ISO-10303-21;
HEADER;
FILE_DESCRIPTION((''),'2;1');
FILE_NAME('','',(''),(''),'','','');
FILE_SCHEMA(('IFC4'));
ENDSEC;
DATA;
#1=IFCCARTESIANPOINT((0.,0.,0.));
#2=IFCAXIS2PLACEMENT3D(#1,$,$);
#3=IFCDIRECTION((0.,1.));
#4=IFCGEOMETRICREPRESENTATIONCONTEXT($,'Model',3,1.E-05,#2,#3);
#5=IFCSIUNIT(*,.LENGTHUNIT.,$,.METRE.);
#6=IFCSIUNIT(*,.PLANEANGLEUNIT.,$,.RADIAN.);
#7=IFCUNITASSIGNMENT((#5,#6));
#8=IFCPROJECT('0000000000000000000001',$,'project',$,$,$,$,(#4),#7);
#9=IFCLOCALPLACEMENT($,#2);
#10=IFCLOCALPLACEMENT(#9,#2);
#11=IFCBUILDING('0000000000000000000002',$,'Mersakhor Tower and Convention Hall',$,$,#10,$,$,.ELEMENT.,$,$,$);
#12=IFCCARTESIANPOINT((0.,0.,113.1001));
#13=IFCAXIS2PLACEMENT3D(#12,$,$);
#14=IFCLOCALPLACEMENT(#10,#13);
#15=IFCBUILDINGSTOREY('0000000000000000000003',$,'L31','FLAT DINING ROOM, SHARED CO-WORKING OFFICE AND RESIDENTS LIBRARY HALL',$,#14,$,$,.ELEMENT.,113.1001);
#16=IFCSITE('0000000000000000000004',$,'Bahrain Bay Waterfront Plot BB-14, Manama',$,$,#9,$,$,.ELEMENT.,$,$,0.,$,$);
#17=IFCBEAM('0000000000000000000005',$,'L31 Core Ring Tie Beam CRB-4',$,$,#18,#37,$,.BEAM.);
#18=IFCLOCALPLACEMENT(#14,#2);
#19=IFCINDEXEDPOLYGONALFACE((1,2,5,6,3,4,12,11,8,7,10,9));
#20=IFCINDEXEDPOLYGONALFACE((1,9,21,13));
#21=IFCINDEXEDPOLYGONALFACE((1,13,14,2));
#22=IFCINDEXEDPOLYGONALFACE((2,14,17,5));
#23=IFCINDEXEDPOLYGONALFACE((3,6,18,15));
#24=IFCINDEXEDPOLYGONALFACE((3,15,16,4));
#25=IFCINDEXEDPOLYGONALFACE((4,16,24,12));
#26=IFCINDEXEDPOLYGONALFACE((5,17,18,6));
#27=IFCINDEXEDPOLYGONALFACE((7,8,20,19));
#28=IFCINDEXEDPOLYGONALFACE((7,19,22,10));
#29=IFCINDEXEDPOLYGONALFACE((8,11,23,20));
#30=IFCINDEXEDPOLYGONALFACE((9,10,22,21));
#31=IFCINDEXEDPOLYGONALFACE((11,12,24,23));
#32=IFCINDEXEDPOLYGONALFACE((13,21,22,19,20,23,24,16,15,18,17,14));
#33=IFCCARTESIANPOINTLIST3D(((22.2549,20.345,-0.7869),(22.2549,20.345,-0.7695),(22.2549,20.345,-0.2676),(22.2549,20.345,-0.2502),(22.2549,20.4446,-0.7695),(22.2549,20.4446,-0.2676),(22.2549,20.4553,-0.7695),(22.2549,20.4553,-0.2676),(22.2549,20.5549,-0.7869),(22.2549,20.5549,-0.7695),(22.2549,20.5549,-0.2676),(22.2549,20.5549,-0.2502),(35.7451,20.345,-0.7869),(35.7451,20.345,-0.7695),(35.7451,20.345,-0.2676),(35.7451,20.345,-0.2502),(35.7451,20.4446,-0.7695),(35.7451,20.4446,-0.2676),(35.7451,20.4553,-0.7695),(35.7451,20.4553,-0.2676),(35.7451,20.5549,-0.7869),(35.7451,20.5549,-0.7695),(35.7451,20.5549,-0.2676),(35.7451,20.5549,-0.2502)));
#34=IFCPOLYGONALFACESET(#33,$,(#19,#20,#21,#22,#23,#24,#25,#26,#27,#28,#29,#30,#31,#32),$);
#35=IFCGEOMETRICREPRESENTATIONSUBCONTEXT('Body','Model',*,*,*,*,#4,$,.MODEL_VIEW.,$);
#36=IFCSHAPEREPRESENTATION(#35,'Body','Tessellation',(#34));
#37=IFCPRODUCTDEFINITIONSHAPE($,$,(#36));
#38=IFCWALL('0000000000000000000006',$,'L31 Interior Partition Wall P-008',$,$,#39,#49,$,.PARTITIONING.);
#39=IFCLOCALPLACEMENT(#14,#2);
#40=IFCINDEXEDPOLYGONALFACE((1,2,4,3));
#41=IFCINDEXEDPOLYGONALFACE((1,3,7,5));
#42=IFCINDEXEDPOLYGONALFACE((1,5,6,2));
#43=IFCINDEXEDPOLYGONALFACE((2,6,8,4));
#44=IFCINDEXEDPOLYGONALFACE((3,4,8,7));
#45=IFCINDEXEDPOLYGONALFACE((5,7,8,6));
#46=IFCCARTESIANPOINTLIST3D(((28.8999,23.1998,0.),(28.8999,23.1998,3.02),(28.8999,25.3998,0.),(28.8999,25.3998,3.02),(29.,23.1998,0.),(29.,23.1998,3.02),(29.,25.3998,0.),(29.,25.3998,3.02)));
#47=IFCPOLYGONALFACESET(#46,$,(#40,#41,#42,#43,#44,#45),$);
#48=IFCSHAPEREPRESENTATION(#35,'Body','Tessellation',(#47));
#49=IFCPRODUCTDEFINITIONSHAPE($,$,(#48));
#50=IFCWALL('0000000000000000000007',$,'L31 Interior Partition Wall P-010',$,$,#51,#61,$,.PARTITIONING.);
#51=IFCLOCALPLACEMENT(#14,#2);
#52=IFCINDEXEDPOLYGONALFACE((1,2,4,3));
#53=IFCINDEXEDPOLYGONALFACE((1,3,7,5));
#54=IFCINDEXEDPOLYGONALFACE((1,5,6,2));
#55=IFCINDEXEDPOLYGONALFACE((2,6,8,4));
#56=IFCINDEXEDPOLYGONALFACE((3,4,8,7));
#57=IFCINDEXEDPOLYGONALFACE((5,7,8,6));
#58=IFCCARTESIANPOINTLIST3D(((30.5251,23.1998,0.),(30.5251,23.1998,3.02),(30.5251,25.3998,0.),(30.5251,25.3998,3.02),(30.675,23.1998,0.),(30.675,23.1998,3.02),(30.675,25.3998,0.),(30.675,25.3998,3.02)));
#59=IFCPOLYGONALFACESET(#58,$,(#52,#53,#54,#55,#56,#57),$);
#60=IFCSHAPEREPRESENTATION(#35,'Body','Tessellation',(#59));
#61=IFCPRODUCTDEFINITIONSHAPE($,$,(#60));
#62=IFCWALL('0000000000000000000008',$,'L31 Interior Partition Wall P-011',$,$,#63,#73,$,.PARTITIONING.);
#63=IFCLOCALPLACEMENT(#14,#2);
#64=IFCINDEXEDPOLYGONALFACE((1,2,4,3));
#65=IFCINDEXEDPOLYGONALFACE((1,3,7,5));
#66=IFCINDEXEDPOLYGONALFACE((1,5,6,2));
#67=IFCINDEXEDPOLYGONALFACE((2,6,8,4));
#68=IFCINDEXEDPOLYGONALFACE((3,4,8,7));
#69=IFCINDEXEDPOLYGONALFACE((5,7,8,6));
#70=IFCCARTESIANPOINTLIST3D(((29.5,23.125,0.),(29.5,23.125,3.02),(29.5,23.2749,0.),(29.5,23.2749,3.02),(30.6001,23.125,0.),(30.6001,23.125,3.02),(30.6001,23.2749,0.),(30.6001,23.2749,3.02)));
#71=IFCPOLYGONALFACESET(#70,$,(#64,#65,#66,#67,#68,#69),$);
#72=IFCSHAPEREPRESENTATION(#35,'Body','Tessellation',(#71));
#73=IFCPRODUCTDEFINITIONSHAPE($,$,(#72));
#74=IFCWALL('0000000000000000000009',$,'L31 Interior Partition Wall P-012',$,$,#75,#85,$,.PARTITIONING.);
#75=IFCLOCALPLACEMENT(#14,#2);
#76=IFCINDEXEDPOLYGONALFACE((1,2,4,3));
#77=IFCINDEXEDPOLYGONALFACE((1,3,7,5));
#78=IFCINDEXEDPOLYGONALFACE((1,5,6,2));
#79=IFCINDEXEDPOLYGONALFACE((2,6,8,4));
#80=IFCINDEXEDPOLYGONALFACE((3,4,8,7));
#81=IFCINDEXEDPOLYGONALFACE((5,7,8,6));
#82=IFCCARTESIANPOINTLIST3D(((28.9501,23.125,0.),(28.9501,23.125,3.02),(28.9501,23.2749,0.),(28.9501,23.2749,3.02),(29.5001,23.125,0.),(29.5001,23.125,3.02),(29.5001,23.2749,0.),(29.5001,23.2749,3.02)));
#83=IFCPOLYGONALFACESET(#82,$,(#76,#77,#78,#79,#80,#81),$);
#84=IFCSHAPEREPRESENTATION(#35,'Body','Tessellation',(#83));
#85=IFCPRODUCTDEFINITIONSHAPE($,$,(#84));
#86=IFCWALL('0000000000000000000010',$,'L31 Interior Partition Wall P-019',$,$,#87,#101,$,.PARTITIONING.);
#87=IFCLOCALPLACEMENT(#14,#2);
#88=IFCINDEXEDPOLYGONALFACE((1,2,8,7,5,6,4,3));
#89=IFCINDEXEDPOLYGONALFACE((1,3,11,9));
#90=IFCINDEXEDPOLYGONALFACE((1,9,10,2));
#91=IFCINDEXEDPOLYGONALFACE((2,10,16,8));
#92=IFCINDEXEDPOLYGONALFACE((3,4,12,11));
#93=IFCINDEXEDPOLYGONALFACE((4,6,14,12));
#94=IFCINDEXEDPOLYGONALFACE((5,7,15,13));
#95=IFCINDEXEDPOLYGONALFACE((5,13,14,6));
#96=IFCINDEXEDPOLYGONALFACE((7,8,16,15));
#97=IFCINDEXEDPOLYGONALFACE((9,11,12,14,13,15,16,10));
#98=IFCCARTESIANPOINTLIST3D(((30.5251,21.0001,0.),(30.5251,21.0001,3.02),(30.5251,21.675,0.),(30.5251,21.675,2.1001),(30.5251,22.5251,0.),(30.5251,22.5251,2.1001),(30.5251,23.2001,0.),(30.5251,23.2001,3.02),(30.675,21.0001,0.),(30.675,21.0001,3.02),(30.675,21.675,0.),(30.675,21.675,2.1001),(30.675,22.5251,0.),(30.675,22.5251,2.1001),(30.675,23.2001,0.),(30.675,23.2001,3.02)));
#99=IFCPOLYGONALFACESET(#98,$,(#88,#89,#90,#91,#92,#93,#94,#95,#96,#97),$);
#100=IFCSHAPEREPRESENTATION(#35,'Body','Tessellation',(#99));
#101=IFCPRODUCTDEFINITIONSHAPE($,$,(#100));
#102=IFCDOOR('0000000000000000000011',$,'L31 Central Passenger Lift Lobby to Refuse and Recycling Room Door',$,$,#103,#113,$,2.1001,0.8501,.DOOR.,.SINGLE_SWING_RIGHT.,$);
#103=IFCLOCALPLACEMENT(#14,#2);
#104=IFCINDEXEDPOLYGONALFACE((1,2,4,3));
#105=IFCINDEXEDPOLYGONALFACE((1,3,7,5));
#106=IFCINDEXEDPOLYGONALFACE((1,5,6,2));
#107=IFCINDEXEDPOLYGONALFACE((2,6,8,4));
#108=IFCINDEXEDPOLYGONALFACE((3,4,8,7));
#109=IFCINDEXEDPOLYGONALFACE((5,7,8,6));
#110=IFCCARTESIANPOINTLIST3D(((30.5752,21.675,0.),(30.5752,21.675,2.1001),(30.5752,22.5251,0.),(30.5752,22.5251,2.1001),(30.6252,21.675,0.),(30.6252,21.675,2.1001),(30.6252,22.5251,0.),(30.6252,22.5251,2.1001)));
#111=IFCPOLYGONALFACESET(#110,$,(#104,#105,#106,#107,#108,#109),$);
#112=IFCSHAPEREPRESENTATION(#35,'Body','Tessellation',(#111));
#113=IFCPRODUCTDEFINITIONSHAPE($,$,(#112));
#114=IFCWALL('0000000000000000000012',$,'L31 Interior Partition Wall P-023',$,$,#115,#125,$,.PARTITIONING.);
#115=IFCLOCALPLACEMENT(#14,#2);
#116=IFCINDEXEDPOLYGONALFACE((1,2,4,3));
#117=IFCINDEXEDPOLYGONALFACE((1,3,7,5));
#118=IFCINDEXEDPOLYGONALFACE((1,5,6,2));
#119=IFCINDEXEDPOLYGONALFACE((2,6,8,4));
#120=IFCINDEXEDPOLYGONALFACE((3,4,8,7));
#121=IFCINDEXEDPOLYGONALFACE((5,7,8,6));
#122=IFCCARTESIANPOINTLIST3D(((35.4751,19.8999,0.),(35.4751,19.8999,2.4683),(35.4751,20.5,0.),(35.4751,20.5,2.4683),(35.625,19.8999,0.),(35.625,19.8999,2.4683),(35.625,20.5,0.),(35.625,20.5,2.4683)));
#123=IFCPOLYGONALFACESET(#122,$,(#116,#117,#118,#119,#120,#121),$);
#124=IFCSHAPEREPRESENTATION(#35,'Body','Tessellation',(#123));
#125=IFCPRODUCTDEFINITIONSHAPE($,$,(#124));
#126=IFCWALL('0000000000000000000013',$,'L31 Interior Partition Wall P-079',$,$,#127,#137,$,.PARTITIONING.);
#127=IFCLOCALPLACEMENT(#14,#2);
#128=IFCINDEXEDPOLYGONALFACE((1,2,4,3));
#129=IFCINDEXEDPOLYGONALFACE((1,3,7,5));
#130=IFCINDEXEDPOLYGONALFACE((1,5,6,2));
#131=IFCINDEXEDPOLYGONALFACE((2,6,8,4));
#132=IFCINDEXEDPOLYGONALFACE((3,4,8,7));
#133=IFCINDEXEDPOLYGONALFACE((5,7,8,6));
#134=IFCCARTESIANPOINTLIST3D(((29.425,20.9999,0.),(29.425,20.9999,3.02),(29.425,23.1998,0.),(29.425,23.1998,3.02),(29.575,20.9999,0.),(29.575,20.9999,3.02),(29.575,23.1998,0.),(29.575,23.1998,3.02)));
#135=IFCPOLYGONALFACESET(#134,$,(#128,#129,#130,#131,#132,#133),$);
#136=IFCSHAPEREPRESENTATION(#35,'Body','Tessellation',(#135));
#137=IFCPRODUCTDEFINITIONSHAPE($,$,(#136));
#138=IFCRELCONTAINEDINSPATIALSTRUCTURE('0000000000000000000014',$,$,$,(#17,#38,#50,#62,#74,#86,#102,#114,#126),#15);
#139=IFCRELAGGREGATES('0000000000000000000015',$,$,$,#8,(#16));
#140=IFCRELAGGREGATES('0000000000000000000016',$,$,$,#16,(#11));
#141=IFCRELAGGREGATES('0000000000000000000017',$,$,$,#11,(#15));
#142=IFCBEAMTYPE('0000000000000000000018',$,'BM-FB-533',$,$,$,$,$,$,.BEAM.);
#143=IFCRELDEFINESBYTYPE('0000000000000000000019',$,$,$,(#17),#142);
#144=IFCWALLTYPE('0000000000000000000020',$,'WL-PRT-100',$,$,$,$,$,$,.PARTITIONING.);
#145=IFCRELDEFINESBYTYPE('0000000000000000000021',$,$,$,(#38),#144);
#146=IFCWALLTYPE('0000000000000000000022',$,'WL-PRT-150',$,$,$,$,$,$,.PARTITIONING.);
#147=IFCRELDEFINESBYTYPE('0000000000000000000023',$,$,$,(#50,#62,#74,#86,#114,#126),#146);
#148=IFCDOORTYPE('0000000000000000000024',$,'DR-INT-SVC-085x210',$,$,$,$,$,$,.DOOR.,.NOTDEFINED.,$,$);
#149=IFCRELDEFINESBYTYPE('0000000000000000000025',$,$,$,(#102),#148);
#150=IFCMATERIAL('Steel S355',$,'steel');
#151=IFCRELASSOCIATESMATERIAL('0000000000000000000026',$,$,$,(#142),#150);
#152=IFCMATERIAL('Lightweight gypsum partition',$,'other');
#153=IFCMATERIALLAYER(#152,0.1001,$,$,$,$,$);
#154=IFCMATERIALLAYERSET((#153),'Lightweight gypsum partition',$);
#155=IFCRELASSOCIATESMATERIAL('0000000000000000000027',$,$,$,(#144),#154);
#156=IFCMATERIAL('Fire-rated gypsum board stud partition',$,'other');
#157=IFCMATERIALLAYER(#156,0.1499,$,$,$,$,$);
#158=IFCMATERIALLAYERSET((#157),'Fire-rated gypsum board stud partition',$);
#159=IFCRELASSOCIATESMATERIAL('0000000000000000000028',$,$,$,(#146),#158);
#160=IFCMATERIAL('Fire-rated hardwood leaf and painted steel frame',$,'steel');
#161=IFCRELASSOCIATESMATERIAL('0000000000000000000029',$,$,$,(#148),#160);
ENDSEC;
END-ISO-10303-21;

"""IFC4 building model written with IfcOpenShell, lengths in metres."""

from ifc_helpers import new_model, si_unit, direction, frame, frame_2d, origin, origin_2d, place, context, subcontext, project, spatial, rectangle, i_section, extrude, material, layer, layer_set, material_profile, profile_set, type_object, element, fill, save


model = new_model("IFC4")

# Units and contexts
model_context = context("Model", 3, precision=1e-05, world=origin(), true_north=direction((0.0, 1.0)))
body_context = subcontext(model_context, "Body", "Model", "MODEL_VIEW")
ifc_project = project(units=[si_unit("LENGTHUNIT", "METRE"), si_unit("PLANEANGLEUNIT", "RADIAN")], contexts=[model_context])

# Site, building, storey
site_placement = place(None, origin())
site = spatial("IfcSite", under=ifc_project, at=site_placement, Name="Bahrain Bay Waterfront Plot BB-14, Manama", CompositionType="ELEMENT", RefElevation=0.0)
building_placement = place(site_placement, origin())
building = spatial("IfcBuilding", under=site, at=building_placement, Name="Mersakhor Tower and Convention Hall", CompositionType="ELEMENT")
storey_placement = place(building_placement, frame((0.0, 0.0, 113.1001)))
storey = spatial("IfcBuildingStorey", under=building, at=storey_placement, Name="L31", Description="FLAT DINING ROOM, SHARED CO-WORKING OFFICE AND RESIDENTS LIBRARY HALL", CompositionType="ELEMENT", Elevation=113.1001)

# Beam
ifc_material_1 = material(Name="Steel S355", Category="steel")
ifc_material_profile = material_profile(ifc_material_1, i_section(OverallWidth=0.21, OverallDepth=0.5366, WebThickness=0.0107, FlangeThickness=0.0173, at=origin_2d()), Name="UB 533x210x101")
ifc_profile_set = profile_set([ifc_material_profile], Name="Steel S355")
beam_type = type_object("IfcBeamType", Name="BM-FB-533", PredefinedType="BEAM", material=ifc_profile_set)
beam_placement = place(storey_placement, frame((35.7451, 20.45, -0.5186), z_axis=(-1.0, 0.0, 0.0), x_axis=(0.0, -1.0, 0.0)))
element("IfcBeam", 1, at=beam_placement, inside=storey, type_object=beam_type, Name="L31 Core Ring Tie Beam CRB-4", PredefinedType="BEAM", context=body_context, shape_type="SweptSolid", body=[
    extrude(i_section(OverallWidth=0.21, OverallDepth=0.5366, WebThickness=0.0107, FlangeThickness=0.0173, at=origin_2d()), origin(), (0.0, 0.0, 1.0), 13.4902),
])

# Walls
ifc_material_2 = material(Name="Lightweight gypsum partition", Category="other")
ifc_layer_1 = layer(ifc_material_2, 0.1001)
ifc_layer_set_1 = layer_set([ifc_layer_1], Name="Lightweight gypsum partition")
wall_type_1 = type_object("IfcWallType", Name="WL-PRT-100", PredefinedType="PARTITIONING", material=ifc_layer_set_1)
wall_1_placement = place(storey_placement, frame((28.95, 25.3999, 0.0), z_axis=(0.0, 0.0, 1.0), x_axis=(0.0, -1.0, 0.0)))
element("IfcWall", 2, at=wall_1_placement, inside=storey, type_object=wall_type_1, Name="L31 Interior Partition Wall P-008", PredefinedType="PARTITIONING", context=body_context, shape_type="SweptSolid", body=[
    extrude(rectangle(XDim=2.2, YDim=0.1001, at=frame_2d((1.1001, 0.0))), origin(), (0.0, 0.0, 1.0), 3.02),
])
ifc_material_3 = material(Name="Fire-rated gypsum board stud partition", Category="other")
ifc_layer_2 = layer(ifc_material_3, 0.1499)
ifc_layer_set_2 = layer_set([ifc_layer_2], Name="Fire-rated gypsum board stud partition")
wall_type_2 = type_object("IfcWallType", Name="WL-PRT-150", PredefinedType="PARTITIONING", material=ifc_layer_set_2)
wall_2_placement = place(storey_placement, frame((30.6001, 25.3999, 0.0), z_axis=(0.0, 0.0, 1.0), x_axis=(0.0, -1.0, 0.0)))
element("IfcWall", 3, at=wall_2_placement, inside=storey, type_object=wall_type_2, Name="L31 Interior Partition Wall P-010", PredefinedType="PARTITIONING", context=body_context, shape_type="SweptSolid", body=[
    extrude(rectangle(XDim=2.2, YDim=0.1499, at=frame_2d((1.1001, 0.0))), origin(), (0.0, 0.0, 1.0), 3.02),
])
wall_3_placement = place(storey_placement, frame((30.6001, 23.2, 0.0), z_axis=(0.0, 0.0, 1.0), x_axis=(-1.0, 0.0, 0.0)))
element("IfcWall", 4, at=wall_3_placement, inside=storey, type_object=wall_type_2, Name="L31 Interior Partition Wall P-011", PredefinedType="PARTITIONING", context=body_context, shape_type="SweptSolid", body=[
    extrude(rectangle(XDim=1.1001, YDim=0.1499, at=frame_2d((0.55, 0.0))), origin(), (0.0, 0.0, 1.0), 3.02),
])
wall_4_placement = place(storey_placement, frame((29.5, 23.2, 0.0), z_axis=(0.0, 0.0, 1.0), x_axis=(-1.0, 0.0, 0.0)))
element("IfcWall", 5, at=wall_4_placement, inside=storey, type_object=wall_type_2, Name="L31 Interior Partition Wall P-012", PredefinedType="PARTITIONING", context=body_context, shape_type="SweptSolid", body=[
    extrude(rectangle(XDim=0.55, YDim=0.1499, at=frame_2d((0.2749, 0.0))), origin(), (0.0, 0.0, 1.0), 3.02),
])

# Wall, opening, door
wall_5_placement = place(storey_placement, frame((30.6001, 21.0, 0.0), z_axis=(0.0, 0.0, 1.0), x_axis=(0.0, 1.0, 0.0)))
wall_5 = element("IfcWall", 6, at=wall_5_placement, inside=storey, type_object=wall_type_2, Name="L31 Interior Partition Wall P-019", PredefinedType="PARTITIONING", context=body_context, shape_type="SweptSolid", body=[
    extrude(rectangle(XDim=2.2, YDim=0.1499, at=frame_2d((1.1001, 0.0))), origin(), (0.0, 0.0, 1.0), 3.02),
])
opening_1_placement = place(wall_5_placement, frame((0.675, 0.0, 0.0)))
opening_1 = element("IfcOpeningElement", 7, at=opening_1_placement, cuts=wall_5, PredefinedType="OPENING", context=body_context, shape_type="SweptSolid", body=[
    extrude(rectangle(XDim=0.8501, YDim=2.1001, at=frame_2d((0.425, 1.05))), frame((0.0, 0.085, 0.0), z_axis=(0.0, -1.0, 0.0), x_axis=(1.0, 0.0, 0.0)), (0.0, 0.0, 1.0), 0.1699),
])
ifc_material_4 = material(Name="Fire-rated hardwood leaf and painted steel frame", Category="steel")
door_type_1 = type_object("IfcDoorType", Name="DR-INT-SVC-085x210", OperationType="NOTDEFINED", PredefinedType="DOOR", material=ifc_material_4)
door_1_placement = place(opening_1_placement, origin())
door_1 = element("IfcDoor", 8, at=door_1_placement, inside=storey, type_object=door_type_1, Name="L31 Central Passenger Lift Lobby to Refuse and Recycling Room Door", OperationType="SINGLE_SWING_RIGHT", OverallHeight=2.1001, OverallWidth=0.8501, PredefinedType="DOOR", context=body_context, shape_type="SweptSolid", body=[
    extrude(rectangle(XDim=0.8501, YDim=2.1001, at=frame_2d((0.425, 1.05))), frame((0.0, 0.0249, 0.0), z_axis=(0.0, -1.0, 0.0), x_axis=(1.0, 0.0, 0.0)), (0.0, 0.0, 1.0), 0.05),
])
fill(opening_1, door_1)

# Walls
wall_6_placement = place(storey_placement, frame((35.55, 20.5, 0.0), z_axis=(0.0, 0.0, 1.0), x_axis=(0.0, -1.0, 0.0)))
element("IfcWall", 9, at=wall_6_placement, inside=storey, type_object=wall_type_2, Name="L31 Interior Partition Wall P-023", PredefinedType="PARTITIONING", context=body_context, shape_type="SweptSolid", body=[
    extrude(rectangle(XDim=0.6001, YDim=0.1499, at=frame_2d((0.3, 0.0))), origin(), (0.0, 0.0, 1.0), 2.4683),
])
wall_7_placement = place(storey_placement, frame((29.5, 23.2, 0.0), z_axis=(0.0, 0.0, 1.0), x_axis=(0.0, -1.0, 0.0)))
element("IfcWall", 10, at=wall_7_placement, inside=storey, type_object=wall_type_2, Name="L31 Interior Partition Wall P-079", PredefinedType="PARTITIONING", context=body_context, shape_type="SweptSolid", body=[
    extrude(rectangle(XDim=2.2, YDim=0.1499, at=frame_2d((1.1001, 0.0))), origin(), (0.0, 0.0, 1.0), 3.02),
])

save(model, "model.ifc")
